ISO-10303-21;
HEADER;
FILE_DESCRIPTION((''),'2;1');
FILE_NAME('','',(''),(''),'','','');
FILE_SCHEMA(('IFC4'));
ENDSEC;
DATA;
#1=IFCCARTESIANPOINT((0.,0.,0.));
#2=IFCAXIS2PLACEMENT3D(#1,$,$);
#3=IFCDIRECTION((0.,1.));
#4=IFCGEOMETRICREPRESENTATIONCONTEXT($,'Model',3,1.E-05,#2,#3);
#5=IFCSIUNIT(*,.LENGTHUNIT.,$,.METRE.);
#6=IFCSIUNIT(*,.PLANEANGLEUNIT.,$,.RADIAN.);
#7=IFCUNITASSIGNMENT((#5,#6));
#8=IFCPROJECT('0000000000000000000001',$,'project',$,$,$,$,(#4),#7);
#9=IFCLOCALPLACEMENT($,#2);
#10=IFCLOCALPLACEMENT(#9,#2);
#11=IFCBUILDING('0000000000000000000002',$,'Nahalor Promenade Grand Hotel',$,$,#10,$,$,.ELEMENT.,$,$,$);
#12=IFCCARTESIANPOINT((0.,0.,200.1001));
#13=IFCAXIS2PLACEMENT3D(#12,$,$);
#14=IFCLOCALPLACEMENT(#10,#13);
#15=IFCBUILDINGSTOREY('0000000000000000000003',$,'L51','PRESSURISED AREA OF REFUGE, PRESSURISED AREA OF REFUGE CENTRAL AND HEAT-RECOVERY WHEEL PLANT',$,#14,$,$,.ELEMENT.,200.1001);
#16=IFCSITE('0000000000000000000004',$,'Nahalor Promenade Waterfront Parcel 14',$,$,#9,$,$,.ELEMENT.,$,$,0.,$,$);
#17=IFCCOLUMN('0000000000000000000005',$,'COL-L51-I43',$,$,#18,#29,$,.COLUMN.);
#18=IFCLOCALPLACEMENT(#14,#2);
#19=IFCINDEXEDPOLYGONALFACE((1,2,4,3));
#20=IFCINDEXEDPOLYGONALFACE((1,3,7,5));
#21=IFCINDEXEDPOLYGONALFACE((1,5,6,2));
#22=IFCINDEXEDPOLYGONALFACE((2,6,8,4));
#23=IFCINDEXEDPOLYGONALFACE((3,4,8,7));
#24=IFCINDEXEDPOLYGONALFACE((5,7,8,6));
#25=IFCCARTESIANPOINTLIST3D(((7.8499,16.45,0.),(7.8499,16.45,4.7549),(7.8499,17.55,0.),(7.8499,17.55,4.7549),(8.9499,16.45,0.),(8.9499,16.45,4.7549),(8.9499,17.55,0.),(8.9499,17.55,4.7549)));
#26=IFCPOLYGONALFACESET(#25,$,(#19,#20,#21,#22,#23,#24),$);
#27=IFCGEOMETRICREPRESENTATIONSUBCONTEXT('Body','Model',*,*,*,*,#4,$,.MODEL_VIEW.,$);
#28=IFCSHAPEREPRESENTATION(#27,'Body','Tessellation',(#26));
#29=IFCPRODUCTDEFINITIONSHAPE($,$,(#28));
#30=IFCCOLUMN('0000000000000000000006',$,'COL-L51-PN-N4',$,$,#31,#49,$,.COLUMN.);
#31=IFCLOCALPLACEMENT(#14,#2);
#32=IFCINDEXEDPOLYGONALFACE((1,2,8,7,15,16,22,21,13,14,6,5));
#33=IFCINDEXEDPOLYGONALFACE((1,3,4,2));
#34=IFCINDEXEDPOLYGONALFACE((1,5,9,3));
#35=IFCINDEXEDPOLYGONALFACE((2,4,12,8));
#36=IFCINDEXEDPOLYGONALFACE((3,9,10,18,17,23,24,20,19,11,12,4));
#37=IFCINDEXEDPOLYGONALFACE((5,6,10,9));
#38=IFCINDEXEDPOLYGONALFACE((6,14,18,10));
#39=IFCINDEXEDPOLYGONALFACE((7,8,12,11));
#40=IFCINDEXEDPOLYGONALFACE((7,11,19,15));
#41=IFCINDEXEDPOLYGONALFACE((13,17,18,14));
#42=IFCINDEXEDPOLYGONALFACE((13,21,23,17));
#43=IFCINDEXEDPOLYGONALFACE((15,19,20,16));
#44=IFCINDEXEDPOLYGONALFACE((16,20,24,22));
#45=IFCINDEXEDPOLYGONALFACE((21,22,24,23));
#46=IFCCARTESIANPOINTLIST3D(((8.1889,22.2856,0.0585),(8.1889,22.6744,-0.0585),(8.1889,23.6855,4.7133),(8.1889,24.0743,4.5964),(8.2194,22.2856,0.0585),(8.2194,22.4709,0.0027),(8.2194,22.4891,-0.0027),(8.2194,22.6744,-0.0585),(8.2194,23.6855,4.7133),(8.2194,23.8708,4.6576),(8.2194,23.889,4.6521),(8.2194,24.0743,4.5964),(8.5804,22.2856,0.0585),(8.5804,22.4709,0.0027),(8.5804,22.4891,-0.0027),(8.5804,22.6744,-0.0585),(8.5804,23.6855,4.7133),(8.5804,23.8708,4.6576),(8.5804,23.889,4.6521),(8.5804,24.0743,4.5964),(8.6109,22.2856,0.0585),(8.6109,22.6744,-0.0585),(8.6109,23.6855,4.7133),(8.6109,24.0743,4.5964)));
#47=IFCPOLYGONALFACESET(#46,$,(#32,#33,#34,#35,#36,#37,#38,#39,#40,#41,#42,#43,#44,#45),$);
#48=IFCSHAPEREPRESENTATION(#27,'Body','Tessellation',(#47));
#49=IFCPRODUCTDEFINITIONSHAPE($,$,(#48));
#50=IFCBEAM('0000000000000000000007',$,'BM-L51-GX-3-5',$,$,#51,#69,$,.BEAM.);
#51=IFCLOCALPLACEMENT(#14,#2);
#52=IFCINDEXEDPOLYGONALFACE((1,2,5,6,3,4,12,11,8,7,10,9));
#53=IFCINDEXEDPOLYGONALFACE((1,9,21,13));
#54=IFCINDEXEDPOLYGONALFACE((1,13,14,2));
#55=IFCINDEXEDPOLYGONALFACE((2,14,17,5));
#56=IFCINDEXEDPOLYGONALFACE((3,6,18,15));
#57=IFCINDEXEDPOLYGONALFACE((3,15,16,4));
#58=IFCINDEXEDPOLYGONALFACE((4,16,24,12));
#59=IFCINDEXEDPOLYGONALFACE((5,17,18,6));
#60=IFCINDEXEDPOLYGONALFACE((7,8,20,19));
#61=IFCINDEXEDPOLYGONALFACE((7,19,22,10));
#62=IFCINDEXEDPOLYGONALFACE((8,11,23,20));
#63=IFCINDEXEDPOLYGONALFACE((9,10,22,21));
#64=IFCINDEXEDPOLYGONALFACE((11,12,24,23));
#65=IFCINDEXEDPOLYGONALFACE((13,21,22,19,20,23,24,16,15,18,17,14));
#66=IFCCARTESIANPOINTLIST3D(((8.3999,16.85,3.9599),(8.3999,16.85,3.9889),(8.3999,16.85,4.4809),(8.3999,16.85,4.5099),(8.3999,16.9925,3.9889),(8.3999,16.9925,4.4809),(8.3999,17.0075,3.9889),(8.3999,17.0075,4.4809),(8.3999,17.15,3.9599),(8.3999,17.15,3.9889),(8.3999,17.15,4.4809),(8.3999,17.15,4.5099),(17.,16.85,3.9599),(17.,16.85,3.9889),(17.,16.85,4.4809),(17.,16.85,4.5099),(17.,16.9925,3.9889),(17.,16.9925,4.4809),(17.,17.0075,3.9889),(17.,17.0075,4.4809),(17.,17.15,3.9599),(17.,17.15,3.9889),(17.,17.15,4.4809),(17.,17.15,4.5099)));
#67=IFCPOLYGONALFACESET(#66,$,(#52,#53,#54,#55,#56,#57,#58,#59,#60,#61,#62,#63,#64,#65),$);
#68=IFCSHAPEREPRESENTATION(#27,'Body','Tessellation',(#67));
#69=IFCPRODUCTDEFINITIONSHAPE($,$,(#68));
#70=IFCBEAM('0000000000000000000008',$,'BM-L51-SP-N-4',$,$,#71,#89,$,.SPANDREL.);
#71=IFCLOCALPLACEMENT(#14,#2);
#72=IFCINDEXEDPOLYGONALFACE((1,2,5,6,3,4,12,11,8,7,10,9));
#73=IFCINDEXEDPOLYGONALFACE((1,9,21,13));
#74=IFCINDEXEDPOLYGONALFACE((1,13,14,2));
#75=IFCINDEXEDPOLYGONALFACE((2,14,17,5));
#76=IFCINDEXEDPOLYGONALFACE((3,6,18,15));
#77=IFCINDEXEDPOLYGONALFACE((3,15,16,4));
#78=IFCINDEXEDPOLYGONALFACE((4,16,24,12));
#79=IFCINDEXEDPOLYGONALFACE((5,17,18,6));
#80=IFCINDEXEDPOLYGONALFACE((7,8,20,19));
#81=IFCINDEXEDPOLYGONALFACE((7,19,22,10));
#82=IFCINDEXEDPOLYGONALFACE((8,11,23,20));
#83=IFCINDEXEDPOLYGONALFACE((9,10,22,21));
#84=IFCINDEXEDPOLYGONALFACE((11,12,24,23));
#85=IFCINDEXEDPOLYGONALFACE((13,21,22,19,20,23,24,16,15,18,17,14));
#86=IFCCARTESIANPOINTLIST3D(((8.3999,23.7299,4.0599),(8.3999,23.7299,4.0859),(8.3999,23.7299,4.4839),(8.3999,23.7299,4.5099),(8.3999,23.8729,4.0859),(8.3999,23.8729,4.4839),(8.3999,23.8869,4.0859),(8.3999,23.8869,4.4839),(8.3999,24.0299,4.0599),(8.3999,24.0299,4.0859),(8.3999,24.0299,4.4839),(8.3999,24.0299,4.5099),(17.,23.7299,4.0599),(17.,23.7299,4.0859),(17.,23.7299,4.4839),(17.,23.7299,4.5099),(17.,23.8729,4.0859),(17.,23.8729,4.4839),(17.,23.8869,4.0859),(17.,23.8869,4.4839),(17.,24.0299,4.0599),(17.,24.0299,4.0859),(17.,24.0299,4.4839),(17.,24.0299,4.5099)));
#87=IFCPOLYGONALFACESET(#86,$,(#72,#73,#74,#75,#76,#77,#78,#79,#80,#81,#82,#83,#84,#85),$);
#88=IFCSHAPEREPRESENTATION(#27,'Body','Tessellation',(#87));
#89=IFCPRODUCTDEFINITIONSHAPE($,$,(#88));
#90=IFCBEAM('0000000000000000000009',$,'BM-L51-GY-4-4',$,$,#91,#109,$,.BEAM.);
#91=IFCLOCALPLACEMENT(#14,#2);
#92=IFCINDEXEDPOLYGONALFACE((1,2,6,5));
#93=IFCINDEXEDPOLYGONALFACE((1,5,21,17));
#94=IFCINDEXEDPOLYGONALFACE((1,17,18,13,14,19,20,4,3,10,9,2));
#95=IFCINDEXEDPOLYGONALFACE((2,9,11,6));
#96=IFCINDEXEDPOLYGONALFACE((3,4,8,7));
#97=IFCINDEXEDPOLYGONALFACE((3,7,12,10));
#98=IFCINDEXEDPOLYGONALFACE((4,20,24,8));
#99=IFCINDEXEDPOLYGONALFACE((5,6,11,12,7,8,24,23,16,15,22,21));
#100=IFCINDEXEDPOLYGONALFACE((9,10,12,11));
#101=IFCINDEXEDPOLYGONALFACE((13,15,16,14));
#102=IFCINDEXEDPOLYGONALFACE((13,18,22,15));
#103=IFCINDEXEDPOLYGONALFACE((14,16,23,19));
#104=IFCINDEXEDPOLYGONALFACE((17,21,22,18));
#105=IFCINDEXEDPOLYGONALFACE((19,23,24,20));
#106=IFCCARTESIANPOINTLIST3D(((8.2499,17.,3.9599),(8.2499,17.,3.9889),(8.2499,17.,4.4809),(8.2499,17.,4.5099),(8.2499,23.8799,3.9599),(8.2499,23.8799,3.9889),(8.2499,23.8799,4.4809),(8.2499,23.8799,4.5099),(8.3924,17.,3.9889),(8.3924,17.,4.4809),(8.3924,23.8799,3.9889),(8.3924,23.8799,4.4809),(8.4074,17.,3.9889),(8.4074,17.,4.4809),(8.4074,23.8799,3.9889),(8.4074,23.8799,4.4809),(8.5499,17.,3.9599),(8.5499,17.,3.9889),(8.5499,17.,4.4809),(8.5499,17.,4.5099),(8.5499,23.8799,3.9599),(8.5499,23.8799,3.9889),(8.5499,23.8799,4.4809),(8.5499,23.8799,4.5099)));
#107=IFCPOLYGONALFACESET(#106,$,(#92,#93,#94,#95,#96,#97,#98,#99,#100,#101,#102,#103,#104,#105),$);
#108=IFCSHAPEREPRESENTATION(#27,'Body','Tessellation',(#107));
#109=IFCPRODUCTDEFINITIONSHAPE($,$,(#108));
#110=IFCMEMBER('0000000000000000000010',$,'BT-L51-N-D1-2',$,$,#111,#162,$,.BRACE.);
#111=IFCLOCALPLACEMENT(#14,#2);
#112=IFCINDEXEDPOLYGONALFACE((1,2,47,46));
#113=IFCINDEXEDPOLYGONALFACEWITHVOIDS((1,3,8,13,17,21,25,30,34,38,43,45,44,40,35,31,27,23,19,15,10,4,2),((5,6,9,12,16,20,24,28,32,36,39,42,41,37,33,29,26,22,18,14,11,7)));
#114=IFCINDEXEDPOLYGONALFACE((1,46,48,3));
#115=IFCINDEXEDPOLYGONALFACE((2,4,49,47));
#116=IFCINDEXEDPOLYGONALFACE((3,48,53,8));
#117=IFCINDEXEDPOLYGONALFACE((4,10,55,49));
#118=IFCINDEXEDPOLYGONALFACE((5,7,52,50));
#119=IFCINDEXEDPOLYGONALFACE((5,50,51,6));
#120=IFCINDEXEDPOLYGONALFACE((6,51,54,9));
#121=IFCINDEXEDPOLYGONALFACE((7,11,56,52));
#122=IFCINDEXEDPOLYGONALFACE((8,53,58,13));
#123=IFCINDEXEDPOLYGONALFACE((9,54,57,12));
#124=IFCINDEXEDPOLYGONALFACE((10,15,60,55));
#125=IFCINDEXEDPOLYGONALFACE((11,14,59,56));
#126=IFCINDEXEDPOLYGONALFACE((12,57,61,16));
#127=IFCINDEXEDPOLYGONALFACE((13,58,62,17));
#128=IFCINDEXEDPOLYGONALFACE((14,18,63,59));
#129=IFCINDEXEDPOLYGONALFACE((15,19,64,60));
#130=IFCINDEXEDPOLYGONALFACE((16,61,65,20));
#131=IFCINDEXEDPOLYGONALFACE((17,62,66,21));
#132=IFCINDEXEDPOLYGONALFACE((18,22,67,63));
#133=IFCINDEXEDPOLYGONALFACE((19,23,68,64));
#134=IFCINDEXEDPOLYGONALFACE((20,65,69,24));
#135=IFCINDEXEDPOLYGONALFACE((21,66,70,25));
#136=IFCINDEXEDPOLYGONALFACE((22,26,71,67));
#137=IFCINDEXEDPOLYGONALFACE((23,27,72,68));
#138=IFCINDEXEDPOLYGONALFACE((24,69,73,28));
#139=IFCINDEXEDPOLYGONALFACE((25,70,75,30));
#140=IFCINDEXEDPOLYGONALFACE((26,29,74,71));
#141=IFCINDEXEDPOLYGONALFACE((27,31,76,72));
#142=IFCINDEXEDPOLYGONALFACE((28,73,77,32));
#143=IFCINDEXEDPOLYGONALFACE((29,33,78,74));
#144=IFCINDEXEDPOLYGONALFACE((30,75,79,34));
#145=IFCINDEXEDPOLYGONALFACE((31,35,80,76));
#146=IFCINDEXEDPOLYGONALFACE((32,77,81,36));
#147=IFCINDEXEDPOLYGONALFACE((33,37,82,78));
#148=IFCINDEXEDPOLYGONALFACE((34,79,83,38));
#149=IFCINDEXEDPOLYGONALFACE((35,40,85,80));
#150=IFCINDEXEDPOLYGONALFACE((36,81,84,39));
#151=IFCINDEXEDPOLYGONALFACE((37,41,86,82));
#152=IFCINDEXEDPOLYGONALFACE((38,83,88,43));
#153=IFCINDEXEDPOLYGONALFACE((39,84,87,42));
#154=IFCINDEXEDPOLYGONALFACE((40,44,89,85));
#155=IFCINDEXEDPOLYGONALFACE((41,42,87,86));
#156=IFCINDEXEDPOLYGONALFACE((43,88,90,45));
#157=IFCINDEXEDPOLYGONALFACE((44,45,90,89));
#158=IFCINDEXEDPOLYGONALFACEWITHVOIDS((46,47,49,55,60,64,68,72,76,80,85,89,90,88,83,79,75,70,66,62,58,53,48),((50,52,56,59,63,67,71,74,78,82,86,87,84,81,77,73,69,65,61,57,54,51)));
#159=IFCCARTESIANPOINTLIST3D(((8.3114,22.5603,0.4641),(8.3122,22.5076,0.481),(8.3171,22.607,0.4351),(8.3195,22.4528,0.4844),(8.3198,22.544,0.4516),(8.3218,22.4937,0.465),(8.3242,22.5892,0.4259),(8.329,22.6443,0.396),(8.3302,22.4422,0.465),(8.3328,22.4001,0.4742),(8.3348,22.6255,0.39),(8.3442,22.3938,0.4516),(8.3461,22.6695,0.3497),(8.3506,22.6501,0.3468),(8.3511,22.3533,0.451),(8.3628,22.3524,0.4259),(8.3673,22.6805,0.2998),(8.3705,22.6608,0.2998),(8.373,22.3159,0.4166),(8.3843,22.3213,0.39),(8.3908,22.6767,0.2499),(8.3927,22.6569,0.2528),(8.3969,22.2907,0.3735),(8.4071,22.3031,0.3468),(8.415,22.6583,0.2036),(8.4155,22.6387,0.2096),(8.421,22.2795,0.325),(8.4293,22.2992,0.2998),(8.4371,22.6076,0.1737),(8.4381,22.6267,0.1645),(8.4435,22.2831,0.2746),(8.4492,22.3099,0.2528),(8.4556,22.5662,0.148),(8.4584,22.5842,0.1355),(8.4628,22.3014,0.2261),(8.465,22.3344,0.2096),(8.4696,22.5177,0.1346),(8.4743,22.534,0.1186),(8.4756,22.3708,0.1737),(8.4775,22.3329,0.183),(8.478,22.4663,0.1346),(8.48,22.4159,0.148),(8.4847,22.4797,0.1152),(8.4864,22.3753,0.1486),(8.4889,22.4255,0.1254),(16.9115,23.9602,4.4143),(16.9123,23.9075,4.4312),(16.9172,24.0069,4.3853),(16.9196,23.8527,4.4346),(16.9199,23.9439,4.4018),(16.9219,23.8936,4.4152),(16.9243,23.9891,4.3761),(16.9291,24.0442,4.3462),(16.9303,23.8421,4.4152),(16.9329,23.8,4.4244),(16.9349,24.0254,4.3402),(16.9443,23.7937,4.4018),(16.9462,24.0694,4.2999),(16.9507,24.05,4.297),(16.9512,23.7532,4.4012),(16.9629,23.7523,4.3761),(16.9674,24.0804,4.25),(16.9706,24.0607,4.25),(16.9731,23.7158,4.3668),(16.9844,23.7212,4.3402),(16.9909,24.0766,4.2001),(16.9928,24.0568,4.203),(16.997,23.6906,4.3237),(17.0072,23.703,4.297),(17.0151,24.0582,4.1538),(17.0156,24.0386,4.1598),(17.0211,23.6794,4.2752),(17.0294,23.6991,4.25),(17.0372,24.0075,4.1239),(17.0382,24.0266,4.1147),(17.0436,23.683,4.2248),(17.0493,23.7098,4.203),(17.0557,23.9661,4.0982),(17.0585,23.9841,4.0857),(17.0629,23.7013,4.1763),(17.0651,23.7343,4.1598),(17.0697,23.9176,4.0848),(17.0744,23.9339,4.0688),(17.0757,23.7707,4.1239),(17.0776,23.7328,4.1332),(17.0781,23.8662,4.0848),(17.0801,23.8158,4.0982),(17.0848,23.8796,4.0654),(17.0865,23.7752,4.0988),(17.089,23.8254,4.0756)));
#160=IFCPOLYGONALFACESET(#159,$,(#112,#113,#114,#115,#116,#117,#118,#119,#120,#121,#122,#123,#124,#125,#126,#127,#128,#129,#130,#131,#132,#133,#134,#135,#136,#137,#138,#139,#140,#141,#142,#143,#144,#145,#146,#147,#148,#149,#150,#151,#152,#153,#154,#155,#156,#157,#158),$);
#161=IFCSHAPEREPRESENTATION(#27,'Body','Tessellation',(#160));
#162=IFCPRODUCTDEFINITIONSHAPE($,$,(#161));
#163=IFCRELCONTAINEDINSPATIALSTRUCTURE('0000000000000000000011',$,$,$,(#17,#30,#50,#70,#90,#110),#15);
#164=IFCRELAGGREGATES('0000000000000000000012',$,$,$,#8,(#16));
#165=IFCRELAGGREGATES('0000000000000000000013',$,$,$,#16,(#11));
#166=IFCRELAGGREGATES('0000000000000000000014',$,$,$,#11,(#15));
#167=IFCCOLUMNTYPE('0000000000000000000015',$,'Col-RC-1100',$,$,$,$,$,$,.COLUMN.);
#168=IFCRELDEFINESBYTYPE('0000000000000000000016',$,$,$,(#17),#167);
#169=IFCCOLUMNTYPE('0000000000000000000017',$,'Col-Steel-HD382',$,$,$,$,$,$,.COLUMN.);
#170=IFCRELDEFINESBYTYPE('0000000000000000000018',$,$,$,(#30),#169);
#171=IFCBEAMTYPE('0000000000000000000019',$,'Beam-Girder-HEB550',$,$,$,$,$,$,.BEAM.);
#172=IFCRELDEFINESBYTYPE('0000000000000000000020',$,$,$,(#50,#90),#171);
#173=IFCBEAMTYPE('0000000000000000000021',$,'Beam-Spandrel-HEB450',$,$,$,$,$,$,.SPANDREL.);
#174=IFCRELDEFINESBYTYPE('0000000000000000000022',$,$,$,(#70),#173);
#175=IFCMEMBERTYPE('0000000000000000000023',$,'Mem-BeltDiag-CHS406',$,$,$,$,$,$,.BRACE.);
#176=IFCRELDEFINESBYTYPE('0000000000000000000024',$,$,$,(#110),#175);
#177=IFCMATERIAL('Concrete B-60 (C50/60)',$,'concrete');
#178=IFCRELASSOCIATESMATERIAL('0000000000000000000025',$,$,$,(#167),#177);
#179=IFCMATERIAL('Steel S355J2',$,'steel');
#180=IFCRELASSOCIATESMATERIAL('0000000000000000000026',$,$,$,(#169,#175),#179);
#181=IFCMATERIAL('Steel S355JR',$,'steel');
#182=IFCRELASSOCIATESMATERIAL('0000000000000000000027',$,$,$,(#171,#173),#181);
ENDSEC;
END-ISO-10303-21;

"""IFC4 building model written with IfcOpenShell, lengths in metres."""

from ifc_helpers import new_model, si_unit, direction, frame, origin, origin_2d, place, context, subcontext, project, spatial, rectangle, hollow_circle, i_section, extrude, source, transform, mapped, material, material_profile, profile_set, type_object, element, save


model = new_model("IFC4")

# Units and contexts
model_context = context("Model", 3, precision=1e-05, world=origin(), true_north=direction((0.0, 1.0)))
body_context = subcontext(model_context, "Body", "Model", "MODEL_VIEW")
ifc_project = project(units=[si_unit("LENGTHUNIT", "METRE"), si_unit("PLANEANGLEUNIT", "RADIAN")], contexts=[model_context])

# Site, building, storey
site_placement = place(None, origin())
site = spatial("IfcSite", under=ifc_project, at=site_placement, Name="Nahalor Promenade Waterfront Parcel 14", CompositionType="ELEMENT", RefElevation=0.0)
building_placement = place(site_placement, origin())
building = spatial("IfcBuilding", under=site, at=building_placement, Name="Nahalor Promenade Grand Hotel", CompositionType="ELEMENT")
storey_placement = place(building_placement, frame((0.0, 0.0, 200.1001)))
storey = spatial("IfcBuildingStorey", under=building, at=storey_placement, Name="L51", Description="PRESSURISED AREA OF REFUGE, PRESSURISED AREA OF REFUGE CENTRAL AND HEAT-RECOVERY WHEEL PLANT", CompositionType="ELEMENT", Elevation=200.1001)

# Columns
ifc_material_1 = material(Name="Concrete B-60 (C50/60)", Category="concrete")
ifc_material_profile_1 = material_profile(ifc_material_1, rectangle(XDim=1.1, YDim=1.1, at=origin_2d()), Name="RC 1100x1100")
ifc_profile_set_1 = profile_set([ifc_material_profile_1], Name="Concrete B-60 (C50/60)")
column_type_1 = type_object("IfcColumnType", Name="Col-RC-1100", PredefinedType="COLUMN", material=ifc_profile_set_1)
shared_shape_1 = source(origin(), body_context, "Body", "SweptSolid", [
    extrude(rectangle(XDim=1.1, YDim=1.1, at=origin_2d()), origin(), (0.0, 0.0, 1.0), 4.7549),
])
column_1_placement = place(storey_placement, frame((8.3999, 17.0, 0.0), z_axis=(0.0, 0.0, 1.0), x_axis=(1.0, 0.0, 0.0)))
element("IfcColumn", 1, at=column_1_placement, inside=storey, type_object=column_type_1, Name="COL-L51-I43", PredefinedType="COLUMN", context=body_context, shape_type="MappedRepresentation", body=[
    mapped(shared_shape_1, transform((0.0, 0.0, 0.0), scale=1.0)),
])
ifc_material_2 = material(Name="Steel S355J2", Category="steel")
ifc_material_profile_2 = material_profile(ifc_material_2, i_section(OverallWidth=0.406, OverallDepth=0.422, WebThickness=0.019, FlangeThickness=0.0305, at=origin_2d()), Name="HD 400x382")
ifc_profile_set_2 = profile_set([ifc_material_profile_2], Name="Steel S355J2")
column_type_2 = type_object("IfcColumnType", Name="Col-Steel-HD382", PredefinedType="COLUMN", material=ifc_profile_set_2)
shared_shape_2 = source(origin(), body_context, "Body", "SweptSolid", [
    extrude(i_section(OverallWidth=0.406, OverallDepth=0.422, WebThickness=0.019, FlangeThickness=0.0305, at=origin_2d()), origin(), (0.0, 0.0, 1.0), 4.8608),
])
column_2_placement = place(storey_placement, frame((8.3999, 22.48, 0.0), z_axis=(0.0, 0.288002, 0.95763), x_axis=(0.0, -0.95763, 0.288002)))
element("IfcColumn", 2, at=column_2_placement, inside=storey, type_object=column_type_2, Name="COL-L51-PN-N4", PredefinedType="COLUMN", context=body_context, shape_type="MappedRepresentation", body=[
    mapped(shared_shape_2, transform((0.0, 0.0, 0.0), scale=1.0)),
])

# Beams
ifc_material_3 = material(Name="Steel S355JR", Category="steel")
ifc_material_profile_3 = material_profile(ifc_material_3, i_section(OverallWidth=0.3, OverallDepth=0.55, WebThickness=0.015, FlangeThickness=0.029, at=origin_2d()), Name="HEB 550")
ifc_profile_set_3 = profile_set([ifc_material_profile_3], Name="Steel S355JR")
beam_type_1 = type_object("IfcBeamType", Name="Beam-Girder-HEB550", PredefinedType="BEAM", material=ifc_profile_set_3)
shared_shape_3 = source(origin(), body_context, "Body", "SweptSolid", [
    extrude(i_section(OverallWidth=0.3, OverallDepth=0.55, WebThickness=0.015, FlangeThickness=0.029, at=origin_2d()), origin(), (0.0, 0.0, 1.0), 8.6001),
])
beam_1_placement = place(storey_placement, frame((8.3999, 17.0, 4.2349), z_axis=(1.0, 0.0, 0.0), x_axis=(0.0, 1.0, 0.0)))
element("IfcBeam", 3, at=beam_1_placement, inside=storey, type_object=beam_type_1, Name="BM-L51-GX-3-5", PredefinedType="BEAM", context=body_context, shape_type="MappedRepresentation", body=[
    mapped(shared_shape_3, transform((0.0, 0.0, 0.0), scale=1.0)),
])
ifc_material_profile_4 = material_profile(ifc_material_3, i_section(OverallWidth=0.3, OverallDepth=0.45, WebThickness=0.014, FlangeThickness=0.026, at=origin_2d()), Name="HEB 450")
ifc_profile_set_4 = profile_set([ifc_material_profile_4], Name="Steel S355JR")
beam_type_2 = type_object("IfcBeamType", Name="Beam-Spandrel-HEB450", PredefinedType="SPANDREL", material=ifc_profile_set_4)
shared_shape_4 = source(origin(), body_context, "Body", "SweptSolid", [
    extrude(i_section(OverallWidth=0.3, OverallDepth=0.45, WebThickness=0.014, FlangeThickness=0.026, at=origin_2d()), origin(), (0.0, 0.0, 1.0), 8.6001),
])
beam_2_placement = place(storey_placement, frame((8.3999, 23.8799, 4.2849), z_axis=(1.0, 0.0, 0.0), x_axis=(0.0, 1.0, 0.0)))
element("IfcBeam", 4, at=beam_2_placement, inside=storey, type_object=beam_type_2, Name="BM-L51-SP-N-4", PredefinedType="SPANDREL", context=body_context, shape_type="MappedRepresentation", body=[
    mapped(shared_shape_4, transform((0.0, 0.0, 0.0), scale=1.0)),
])
shared_shape_5 = source(origin(), body_context, "Body", "SweptSolid", [
    extrude(i_section(OverallWidth=0.3, OverallDepth=0.55, WebThickness=0.015, FlangeThickness=0.029, at=origin_2d()), origin(), (0.0, 0.0, 1.0), 6.8799),
])
beam_3_placement = place(storey_placement, frame((8.3999, 17.0, 4.2349), z_axis=(0.0, 1.0, 0.0), x_axis=(-1.0, 0.0, 0.0)))
element("IfcBeam", 5, at=beam_3_placement, inside=storey, type_object=beam_type_1, Name="BM-L51-GY-4-4", PredefinedType="BEAM", context=body_context, shape_type="MappedRepresentation", body=[
    mapped(shared_shape_5, transform((0.0, 0.0, 0.0), scale=1.0)),
])

# Member
ifc_material_profile_5 = material_profile(ifc_material_2, hollow_circle(Radius=0.2032, WallThickness=0.02, at=origin_2d()), Name="CHS 406.4x20")
ifc_profile_set_5 = profile_set([ifc_material_profile_5], Name="Steel S355J2")
member_type = type_object("IfcMemberType", Name="Mem-BeltDiag-CHS406", PredefinedType="BRACE", material=ifc_profile_set_5)
shared_shape_6 = source(origin(), body_context, "Body", "SweptSolid", [
    extrude(hollow_circle(Radius=0.2032, WallThickness=0.02, at=origin_2d()), origin(), (0.0, 0.0, 1.0), 9.5669),
])
member_1_placement = place(storey_placement, frame((8.3999, 22.48, 0.2998), z_axis=(0.898944, 0.146328, 0.412903), x_axis=(-0.160663, 0.987009, 0.0)))
element("IfcMember", 6, at=member_1_placement, inside=storey, type_object=member_type, Name="BT-L51-N-D1-2", PredefinedType="BRACE", context=body_context, shape_type="MappedRepresentation", body=[
    mapped(shared_shape_6, transform((0.0, 0.0, 0.0), scale=1.0)),
])

save(model, "model.ifc")
